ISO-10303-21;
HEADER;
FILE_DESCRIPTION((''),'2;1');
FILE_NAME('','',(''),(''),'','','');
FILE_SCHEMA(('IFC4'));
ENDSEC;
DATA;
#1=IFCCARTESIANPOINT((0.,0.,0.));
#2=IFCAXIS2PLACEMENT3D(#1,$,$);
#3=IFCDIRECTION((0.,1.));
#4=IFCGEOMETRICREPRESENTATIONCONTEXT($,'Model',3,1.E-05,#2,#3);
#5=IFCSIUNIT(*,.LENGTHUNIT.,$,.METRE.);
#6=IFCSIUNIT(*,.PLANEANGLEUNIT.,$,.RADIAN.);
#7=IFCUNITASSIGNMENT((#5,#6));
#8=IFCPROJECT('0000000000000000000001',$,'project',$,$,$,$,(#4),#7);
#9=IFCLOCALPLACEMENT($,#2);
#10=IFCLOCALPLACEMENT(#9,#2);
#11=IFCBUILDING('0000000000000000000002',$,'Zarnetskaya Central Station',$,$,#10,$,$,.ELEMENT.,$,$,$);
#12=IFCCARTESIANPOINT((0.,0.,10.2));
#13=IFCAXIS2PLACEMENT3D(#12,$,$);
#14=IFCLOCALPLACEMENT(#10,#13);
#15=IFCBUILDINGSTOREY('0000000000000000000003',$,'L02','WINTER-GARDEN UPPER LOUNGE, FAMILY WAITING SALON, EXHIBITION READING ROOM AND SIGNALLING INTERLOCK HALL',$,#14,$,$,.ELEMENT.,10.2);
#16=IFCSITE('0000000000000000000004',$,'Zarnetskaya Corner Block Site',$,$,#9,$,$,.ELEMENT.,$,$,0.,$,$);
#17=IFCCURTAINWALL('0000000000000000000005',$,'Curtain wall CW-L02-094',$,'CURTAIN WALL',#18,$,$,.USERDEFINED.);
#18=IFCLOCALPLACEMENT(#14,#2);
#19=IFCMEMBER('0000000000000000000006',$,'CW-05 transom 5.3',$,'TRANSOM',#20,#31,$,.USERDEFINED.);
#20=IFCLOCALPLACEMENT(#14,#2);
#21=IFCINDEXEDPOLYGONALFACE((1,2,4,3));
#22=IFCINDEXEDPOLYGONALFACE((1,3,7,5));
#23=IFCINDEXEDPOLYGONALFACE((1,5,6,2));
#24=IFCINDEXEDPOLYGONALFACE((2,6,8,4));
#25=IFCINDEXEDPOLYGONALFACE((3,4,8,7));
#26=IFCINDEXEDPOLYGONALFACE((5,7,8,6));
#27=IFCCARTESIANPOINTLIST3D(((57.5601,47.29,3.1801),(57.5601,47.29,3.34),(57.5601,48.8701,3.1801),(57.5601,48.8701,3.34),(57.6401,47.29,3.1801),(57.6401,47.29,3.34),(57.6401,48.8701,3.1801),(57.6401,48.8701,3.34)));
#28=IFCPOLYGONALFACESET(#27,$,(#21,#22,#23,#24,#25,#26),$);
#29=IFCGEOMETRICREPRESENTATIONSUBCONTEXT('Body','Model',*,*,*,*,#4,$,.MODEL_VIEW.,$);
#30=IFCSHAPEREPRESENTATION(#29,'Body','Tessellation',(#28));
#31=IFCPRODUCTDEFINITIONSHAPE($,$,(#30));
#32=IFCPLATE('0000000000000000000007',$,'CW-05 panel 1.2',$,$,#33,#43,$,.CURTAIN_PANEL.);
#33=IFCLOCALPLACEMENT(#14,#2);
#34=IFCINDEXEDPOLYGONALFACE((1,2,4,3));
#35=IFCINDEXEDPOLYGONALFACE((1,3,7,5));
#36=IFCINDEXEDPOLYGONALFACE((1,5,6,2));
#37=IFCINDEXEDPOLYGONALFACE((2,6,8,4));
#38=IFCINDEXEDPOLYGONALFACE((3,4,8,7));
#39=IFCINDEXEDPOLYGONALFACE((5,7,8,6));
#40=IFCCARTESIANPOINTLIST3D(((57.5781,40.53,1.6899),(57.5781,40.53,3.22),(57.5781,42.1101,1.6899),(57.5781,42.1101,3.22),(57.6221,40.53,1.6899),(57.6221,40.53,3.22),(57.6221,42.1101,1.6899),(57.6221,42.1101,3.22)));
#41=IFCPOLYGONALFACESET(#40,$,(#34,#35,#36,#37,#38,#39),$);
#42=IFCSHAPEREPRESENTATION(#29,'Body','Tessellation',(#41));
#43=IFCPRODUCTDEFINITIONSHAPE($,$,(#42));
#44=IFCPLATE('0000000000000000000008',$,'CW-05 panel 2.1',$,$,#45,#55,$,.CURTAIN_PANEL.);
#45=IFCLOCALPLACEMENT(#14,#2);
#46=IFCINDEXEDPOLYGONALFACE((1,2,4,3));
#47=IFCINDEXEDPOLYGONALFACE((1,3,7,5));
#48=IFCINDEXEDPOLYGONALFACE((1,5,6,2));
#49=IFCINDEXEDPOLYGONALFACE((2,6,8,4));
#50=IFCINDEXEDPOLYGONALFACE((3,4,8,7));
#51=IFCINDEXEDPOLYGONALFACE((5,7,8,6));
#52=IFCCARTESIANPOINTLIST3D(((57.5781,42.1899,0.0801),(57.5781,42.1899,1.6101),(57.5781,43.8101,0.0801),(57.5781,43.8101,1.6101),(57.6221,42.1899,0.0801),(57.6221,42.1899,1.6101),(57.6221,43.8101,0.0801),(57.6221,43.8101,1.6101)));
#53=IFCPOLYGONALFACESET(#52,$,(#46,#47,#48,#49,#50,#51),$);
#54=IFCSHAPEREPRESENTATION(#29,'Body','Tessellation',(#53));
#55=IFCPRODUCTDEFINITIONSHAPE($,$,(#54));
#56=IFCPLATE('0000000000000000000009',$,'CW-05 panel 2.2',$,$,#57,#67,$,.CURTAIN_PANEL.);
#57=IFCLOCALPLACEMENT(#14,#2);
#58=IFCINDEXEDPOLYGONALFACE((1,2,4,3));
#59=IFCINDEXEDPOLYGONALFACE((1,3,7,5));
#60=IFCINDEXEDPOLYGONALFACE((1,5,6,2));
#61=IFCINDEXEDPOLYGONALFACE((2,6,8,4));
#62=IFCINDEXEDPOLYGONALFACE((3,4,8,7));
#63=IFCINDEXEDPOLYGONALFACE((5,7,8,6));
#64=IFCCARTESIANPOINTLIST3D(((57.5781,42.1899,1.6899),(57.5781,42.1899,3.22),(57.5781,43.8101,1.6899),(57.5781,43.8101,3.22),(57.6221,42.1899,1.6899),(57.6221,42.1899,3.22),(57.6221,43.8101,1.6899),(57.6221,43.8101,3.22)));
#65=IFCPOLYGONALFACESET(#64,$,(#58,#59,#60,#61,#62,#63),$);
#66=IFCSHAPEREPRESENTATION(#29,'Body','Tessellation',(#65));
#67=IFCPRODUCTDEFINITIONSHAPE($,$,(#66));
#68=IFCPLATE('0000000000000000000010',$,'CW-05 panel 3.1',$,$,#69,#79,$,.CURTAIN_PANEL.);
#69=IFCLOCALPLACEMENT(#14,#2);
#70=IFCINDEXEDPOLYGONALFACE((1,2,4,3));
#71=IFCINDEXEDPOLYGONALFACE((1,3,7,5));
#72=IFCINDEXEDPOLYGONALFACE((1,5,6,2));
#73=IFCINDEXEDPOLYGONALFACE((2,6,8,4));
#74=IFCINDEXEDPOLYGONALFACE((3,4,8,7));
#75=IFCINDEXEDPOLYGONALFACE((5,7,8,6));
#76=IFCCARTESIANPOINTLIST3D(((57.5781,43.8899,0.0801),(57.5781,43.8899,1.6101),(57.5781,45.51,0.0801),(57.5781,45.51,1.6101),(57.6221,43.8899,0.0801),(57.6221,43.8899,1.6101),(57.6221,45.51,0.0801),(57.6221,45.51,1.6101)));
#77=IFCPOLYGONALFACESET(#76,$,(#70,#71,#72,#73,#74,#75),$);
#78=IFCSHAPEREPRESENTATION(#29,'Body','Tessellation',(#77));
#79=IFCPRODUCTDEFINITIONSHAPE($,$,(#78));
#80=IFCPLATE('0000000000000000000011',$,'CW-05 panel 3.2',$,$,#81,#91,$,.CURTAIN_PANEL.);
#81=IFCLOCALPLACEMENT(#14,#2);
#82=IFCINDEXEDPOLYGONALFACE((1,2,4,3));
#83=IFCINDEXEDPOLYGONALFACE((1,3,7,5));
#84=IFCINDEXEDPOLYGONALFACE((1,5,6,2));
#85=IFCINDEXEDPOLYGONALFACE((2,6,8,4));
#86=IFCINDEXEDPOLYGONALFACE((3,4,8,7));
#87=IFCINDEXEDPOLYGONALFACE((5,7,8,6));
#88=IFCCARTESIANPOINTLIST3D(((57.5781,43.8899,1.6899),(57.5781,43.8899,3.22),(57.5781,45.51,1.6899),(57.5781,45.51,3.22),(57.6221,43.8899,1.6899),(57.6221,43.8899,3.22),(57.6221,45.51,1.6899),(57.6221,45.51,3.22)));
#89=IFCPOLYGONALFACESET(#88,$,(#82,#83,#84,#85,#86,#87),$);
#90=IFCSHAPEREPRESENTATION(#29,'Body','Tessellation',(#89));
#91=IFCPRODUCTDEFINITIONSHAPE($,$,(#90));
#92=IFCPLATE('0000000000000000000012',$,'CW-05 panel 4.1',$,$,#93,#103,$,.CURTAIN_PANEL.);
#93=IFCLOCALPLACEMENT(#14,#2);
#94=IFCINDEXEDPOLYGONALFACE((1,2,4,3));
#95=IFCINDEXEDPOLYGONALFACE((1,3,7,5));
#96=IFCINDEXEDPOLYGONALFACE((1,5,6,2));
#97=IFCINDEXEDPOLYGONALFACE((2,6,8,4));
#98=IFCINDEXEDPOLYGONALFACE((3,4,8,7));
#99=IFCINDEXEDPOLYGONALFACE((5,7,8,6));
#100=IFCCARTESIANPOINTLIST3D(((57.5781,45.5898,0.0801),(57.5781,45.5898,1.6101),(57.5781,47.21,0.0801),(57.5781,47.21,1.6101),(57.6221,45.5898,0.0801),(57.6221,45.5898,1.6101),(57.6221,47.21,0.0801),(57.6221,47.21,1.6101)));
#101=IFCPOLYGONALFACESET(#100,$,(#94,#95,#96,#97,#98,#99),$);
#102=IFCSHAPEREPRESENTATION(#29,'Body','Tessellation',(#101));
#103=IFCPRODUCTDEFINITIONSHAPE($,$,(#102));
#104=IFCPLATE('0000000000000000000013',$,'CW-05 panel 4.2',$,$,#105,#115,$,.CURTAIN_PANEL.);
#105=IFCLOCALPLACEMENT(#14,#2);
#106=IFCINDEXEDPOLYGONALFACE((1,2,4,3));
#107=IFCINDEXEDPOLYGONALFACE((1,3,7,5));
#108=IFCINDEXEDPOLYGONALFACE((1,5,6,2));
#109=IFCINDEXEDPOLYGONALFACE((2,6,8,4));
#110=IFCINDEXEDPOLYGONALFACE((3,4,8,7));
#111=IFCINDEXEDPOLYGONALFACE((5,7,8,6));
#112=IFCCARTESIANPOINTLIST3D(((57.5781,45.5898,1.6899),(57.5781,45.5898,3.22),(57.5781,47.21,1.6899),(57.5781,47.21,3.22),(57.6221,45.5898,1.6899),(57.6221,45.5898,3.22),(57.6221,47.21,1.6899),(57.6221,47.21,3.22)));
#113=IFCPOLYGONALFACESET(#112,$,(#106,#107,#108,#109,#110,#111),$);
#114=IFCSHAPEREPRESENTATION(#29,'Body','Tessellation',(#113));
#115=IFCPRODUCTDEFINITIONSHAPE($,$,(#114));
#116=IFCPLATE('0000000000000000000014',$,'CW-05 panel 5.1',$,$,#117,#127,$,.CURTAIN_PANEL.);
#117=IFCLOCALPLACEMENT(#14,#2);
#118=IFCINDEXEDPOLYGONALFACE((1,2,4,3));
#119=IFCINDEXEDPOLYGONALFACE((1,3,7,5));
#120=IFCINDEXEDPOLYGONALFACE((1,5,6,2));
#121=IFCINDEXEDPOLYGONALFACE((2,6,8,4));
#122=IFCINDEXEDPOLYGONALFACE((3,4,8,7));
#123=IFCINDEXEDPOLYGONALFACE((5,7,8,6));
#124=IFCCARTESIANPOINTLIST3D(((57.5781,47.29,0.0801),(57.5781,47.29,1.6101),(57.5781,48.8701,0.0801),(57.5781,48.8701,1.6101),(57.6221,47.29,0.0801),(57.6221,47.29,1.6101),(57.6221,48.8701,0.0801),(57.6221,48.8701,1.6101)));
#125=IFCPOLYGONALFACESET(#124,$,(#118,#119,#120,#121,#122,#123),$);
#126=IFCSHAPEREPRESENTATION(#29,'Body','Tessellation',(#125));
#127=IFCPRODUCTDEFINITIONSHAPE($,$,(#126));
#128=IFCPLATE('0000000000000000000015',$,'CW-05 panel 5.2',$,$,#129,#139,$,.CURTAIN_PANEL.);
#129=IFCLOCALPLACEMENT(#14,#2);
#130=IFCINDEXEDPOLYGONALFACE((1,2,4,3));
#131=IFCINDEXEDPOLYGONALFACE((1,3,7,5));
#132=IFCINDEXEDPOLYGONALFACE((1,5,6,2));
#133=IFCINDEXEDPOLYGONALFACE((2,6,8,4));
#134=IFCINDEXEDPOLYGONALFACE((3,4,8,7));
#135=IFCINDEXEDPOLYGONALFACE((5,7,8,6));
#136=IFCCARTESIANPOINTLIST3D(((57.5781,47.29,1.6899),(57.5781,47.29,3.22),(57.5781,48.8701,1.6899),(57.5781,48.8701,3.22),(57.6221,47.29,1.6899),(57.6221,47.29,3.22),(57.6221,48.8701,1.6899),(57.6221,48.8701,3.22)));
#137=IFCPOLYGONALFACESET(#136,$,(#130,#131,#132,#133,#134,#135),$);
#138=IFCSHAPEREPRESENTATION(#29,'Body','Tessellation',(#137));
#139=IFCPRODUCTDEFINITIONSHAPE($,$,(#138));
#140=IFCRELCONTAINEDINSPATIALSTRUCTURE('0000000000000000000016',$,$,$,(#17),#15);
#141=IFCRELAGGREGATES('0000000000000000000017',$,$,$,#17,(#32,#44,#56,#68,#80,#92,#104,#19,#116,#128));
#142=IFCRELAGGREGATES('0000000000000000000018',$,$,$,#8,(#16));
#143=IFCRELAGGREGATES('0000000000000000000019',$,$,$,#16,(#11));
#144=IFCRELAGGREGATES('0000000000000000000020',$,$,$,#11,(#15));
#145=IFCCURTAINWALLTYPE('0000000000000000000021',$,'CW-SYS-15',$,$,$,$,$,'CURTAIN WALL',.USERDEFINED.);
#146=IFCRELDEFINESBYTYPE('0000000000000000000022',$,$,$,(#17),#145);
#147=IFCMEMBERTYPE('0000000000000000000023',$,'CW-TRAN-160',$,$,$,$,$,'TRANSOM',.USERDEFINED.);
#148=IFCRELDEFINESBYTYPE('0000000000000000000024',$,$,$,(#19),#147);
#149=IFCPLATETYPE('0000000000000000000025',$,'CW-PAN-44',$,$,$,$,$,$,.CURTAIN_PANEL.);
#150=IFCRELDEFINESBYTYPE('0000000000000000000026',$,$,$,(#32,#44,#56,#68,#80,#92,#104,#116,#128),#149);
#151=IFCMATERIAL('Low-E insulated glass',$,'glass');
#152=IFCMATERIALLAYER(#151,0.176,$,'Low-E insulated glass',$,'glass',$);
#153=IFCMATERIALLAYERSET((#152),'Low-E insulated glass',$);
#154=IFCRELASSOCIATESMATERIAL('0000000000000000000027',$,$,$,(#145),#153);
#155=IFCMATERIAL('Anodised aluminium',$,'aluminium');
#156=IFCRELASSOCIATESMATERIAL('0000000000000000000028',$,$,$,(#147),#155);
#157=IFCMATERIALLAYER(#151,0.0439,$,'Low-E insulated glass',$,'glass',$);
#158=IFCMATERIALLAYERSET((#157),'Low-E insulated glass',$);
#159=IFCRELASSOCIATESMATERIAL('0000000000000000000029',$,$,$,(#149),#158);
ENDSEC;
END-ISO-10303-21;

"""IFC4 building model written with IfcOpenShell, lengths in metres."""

from ifc_helpers import new_model, si_unit, direction, frame, origin, origin_2d, place, context, subcontext, project, spatial, rectangle, extrude, material, layer, layer_set, material_profile, profile_set, type_object, element, aggregate, save


model = new_model("IFC4")

# Units and contexts
model_context = context("Model", 3, precision=1e-05, world=origin(), true_north=direction((0.0, 1.0)))
body_context = subcontext(model_context, "Body", "Model", "MODEL_VIEW")
ifc_project = project(units=[si_unit("LENGTHUNIT", "METRE"), si_unit("PLANEANGLEUNIT", "RADIAN")], contexts=[model_context])

# Site, building, storey
site_placement = place(None, origin())
site = spatial("IfcSite", under=ifc_project, at=site_placement, Name="Zarnetskaya Corner Block Site", CompositionType="ELEMENT", RefElevation=0.0)
building_placement = place(site_placement, origin())
building = spatial("IfcBuilding", under=site, at=building_placement, Name="Zarnetskaya Central Station", CompositionType="ELEMENT")
storey_placement = place(building_placement, frame((0.0, 0.0, 10.2)))
storey = spatial("IfcBuildingStorey", under=building, at=storey_placement, Name="L02", Description="WINTER-GARDEN UPPER LOUNGE, FAMILY WAITING SALON, EXHIBITION READING ROOM AND SIGNALLING INTERLOCK HALL", CompositionType="ELEMENT", Elevation=10.2)

# Curtain wall, member, plates
ifc_material_1 = material(Name="Low-E insulated glass", Category="glass")
ifc_layer_1 = layer(ifc_material_1, 0.176, Name="Low-E insulated glass", Category="glass")
ifc_layer_set_1 = layer_set([ifc_layer_1], Name="Low-E insulated glass")
curtain_wall_type = type_object("IfcCurtainWallType", Name="CW-SYS-15", ElementType="CURTAIN WALL", PredefinedType="USERDEFINED", material=ifc_layer_set_1)
curtain_wall_placement = place(storey_placement, origin())
curtain_wall = element("IfcCurtainWall", 1, at=curtain_wall_placement, inside=storey, type_object=curtain_wall_type, Name="Curtain wall CW-L02-094", ObjectType="CURTAIN WALL", PredefinedType="USERDEFINED")
ifc_material_2 = material(Name="Anodised aluminium", Category="aluminium")
ifc_material_profile_1 = material_profile(ifc_material_2, rectangle(XDim=0.0801, YDim=0.1599, at=origin_2d()), Name="ALU TRAN 80x160")
ifc_profile_set_1 = profile_set([ifc_material_profile_1], Name="Anodised aluminium")
member_type_1 = type_object("IfcMemberType", Name="CW-TRAN-160", ElementType="TRANSOM", PredefinedType="USERDEFINED", material=ifc_profile_set_1)
member_1_placement = place(storey_placement, frame((57.6001, 47.29, 3.26), z_axis=(0.0, 1.0, 0.0), x_axis=(-1.0, 0.0, 0.0)))
member_1 = element("IfcMember", 2, at=member_1_placement, type_object=member_type_1, Name="CW-05 transom 5.3", ObjectType="TRANSOM", PredefinedType="USERDEFINED", context=body_context, shape_type="SweptSolid", body=[
    extrude(rectangle(XDim=0.0801, YDim=0.1599, at=origin_2d()), origin(), (0.0, 0.0, 1.0), 1.5801),
])
ifc_layer_2 = layer(ifc_material_1, 0.0439, Name="Low-E insulated glass", Category="glass")
ifc_layer_set_2 = layer_set([ifc_layer_2], Name="Low-E insulated glass")
plate_type = type_object("IfcPlateType", Name="CW-PAN-44", PredefinedType="CURTAIN_PANEL", material=ifc_layer_set_2)
plate_1_placement = place(storey_placement, frame((57.6001, 41.3201, 1.6899), z_axis=(0.0, 0.0, 1.0), x_axis=(0.0, 1.0, 0.0)))
plate_1 = element("IfcPlate", 3, at=plate_1_placement, type_object=plate_type, Name="CW-05 panel 1.2", PredefinedType="CURTAIN_PANEL", context=body_context, shape_type="SweptSolid", body=[
    extrude(rectangle(XDim=1.5801, YDim=0.0439, at=origin_2d()), origin(), (0.0, 0.0, 1.0), 1.53),
])
plate_2_placement = place(storey_placement, frame((57.6001, 43.0, 0.0801), z_axis=(0.0, 0.0, 1.0), x_axis=(0.0, 1.0, 0.0)))
plate_2 = element("IfcPlate", 4, at=plate_2_placement, type_object=plate_type, Name="CW-05 panel 2.1", PredefinedType="CURTAIN_PANEL", context=body_context, shape_type="SweptSolid", body=[
    extrude(rectangle(XDim=1.6201, YDim=0.0439, at=origin_2d()), origin(), (0.0, 0.0, 1.0), 1.53),
])
plate_3_placement = place(storey_placement, frame((57.6001, 43.0, 1.6899), z_axis=(0.0, 0.0, 1.0), x_axis=(0.0, 1.0, 0.0)))
plate_3 = element("IfcPlate", 5, at=plate_3_placement, type_object=plate_type, Name="CW-05 panel 2.2", PredefinedType="CURTAIN_PANEL", context=body_context, shape_type="SweptSolid", body=[
    extrude(rectangle(XDim=1.6201, YDim=0.0439, at=origin_2d()), origin(), (0.0, 0.0, 1.0), 1.53),
])
plate_4_placement = place(storey_placement, frame((57.6001, 44.7, 0.0801), z_axis=(0.0, 0.0, 1.0), x_axis=(0.0, 1.0, 0.0)))
plate_4 = element("IfcPlate", 6, at=plate_4_placement, type_object=plate_type, Name="CW-05 panel 3.1", PredefinedType="CURTAIN_PANEL", context=body_context, shape_type="SweptSolid", body=[
    extrude(rectangle(XDim=1.6201, YDim=0.0439, at=origin_2d()), origin(), (0.0, 0.0, 1.0), 1.53),
])
plate_5_placement = place(storey_placement, frame((57.6001, 44.7, 1.6899), z_axis=(0.0, 0.0, 1.0), x_axis=(0.0, 1.0, 0.0)))
plate_5 = element("IfcPlate", 7, at=plate_5_placement, type_object=plate_type, Name="CW-05 panel 3.2", PredefinedType="CURTAIN_PANEL", context=body_context, shape_type="SweptSolid", body=[
    extrude(rectangle(XDim=1.6201, YDim=0.0439, at=origin_2d()), origin(), (0.0, 0.0, 1.0), 1.53),
])
plate_6_placement = place(storey_placement, frame((57.6001, 46.3999, 0.0801), z_axis=(0.0, 0.0, 1.0), x_axis=(0.0, 1.0, 0.0)))
plate_6 = element("IfcPlate", 8, at=plate_6_placement, type_object=plate_type, Name="CW-05 panel 4.1", PredefinedType="CURTAIN_PANEL", context=body_context, shape_type="SweptSolid", body=[
    extrude(rectangle(XDim=1.6201, YDim=0.0439, at=origin_2d()), origin(), (0.0, 0.0, 1.0), 1.53),
])
plate_7_placement = place(storey_placement, frame((57.6001, 46.3999, 1.6899), z_axis=(0.0, 0.0, 1.0), x_axis=(0.0, 1.0, 0.0)))
plate_7 = element("IfcPlate", 9, at=plate_7_placement, type_object=plate_type, Name="CW-05 panel 4.2", PredefinedType="CURTAIN_PANEL", context=body_context, shape_type="SweptSolid", body=[
    extrude(rectangle(XDim=1.6201, YDim=0.0439, at=origin_2d()), origin(), (0.0, 0.0, 1.0), 1.53),
])
plate_8_placement = place(storey_placement, frame((57.6001, 48.0801, 0.0801), z_axis=(0.0, 0.0, 1.0), x_axis=(0.0, 1.0, 0.0)))
plate_8 = element("IfcPlate", 10, at=plate_8_placement, type_object=plate_type, Name="CW-05 panel 5.1", PredefinedType="CURTAIN_PANEL", context=body_context, shape_type="SweptSolid", body=[
    extrude(rectangle(XDim=1.5801, YDim=0.0439, at=origin_2d()), origin(), (0.0, 0.0, 1.0), 1.53),
])
plate_9_placement = place(storey_placement, frame((57.6001, 48.0801, 1.6899), z_axis=(0.0, 0.0, 1.0), x_axis=(0.0, 1.0, 0.0)))
plate_9 = element("IfcPlate", 11, at=plate_9_placement, type_object=plate_type, Name="CW-05 panel 5.2", PredefinedType="CURTAIN_PANEL", context=body_context, shape_type="SweptSolid", body=[
    extrude(rectangle(XDim=1.5801, YDim=0.0439, at=origin_2d()), origin(), (0.0, 0.0, 1.0), 1.53),
])
aggregate(curtain_wall, [plate_1, plate_2, plate_3, plate_4, plate_5, plate_6, plate_7, member_1, plate_8, plate_9])

save(model, "model.ifc")
